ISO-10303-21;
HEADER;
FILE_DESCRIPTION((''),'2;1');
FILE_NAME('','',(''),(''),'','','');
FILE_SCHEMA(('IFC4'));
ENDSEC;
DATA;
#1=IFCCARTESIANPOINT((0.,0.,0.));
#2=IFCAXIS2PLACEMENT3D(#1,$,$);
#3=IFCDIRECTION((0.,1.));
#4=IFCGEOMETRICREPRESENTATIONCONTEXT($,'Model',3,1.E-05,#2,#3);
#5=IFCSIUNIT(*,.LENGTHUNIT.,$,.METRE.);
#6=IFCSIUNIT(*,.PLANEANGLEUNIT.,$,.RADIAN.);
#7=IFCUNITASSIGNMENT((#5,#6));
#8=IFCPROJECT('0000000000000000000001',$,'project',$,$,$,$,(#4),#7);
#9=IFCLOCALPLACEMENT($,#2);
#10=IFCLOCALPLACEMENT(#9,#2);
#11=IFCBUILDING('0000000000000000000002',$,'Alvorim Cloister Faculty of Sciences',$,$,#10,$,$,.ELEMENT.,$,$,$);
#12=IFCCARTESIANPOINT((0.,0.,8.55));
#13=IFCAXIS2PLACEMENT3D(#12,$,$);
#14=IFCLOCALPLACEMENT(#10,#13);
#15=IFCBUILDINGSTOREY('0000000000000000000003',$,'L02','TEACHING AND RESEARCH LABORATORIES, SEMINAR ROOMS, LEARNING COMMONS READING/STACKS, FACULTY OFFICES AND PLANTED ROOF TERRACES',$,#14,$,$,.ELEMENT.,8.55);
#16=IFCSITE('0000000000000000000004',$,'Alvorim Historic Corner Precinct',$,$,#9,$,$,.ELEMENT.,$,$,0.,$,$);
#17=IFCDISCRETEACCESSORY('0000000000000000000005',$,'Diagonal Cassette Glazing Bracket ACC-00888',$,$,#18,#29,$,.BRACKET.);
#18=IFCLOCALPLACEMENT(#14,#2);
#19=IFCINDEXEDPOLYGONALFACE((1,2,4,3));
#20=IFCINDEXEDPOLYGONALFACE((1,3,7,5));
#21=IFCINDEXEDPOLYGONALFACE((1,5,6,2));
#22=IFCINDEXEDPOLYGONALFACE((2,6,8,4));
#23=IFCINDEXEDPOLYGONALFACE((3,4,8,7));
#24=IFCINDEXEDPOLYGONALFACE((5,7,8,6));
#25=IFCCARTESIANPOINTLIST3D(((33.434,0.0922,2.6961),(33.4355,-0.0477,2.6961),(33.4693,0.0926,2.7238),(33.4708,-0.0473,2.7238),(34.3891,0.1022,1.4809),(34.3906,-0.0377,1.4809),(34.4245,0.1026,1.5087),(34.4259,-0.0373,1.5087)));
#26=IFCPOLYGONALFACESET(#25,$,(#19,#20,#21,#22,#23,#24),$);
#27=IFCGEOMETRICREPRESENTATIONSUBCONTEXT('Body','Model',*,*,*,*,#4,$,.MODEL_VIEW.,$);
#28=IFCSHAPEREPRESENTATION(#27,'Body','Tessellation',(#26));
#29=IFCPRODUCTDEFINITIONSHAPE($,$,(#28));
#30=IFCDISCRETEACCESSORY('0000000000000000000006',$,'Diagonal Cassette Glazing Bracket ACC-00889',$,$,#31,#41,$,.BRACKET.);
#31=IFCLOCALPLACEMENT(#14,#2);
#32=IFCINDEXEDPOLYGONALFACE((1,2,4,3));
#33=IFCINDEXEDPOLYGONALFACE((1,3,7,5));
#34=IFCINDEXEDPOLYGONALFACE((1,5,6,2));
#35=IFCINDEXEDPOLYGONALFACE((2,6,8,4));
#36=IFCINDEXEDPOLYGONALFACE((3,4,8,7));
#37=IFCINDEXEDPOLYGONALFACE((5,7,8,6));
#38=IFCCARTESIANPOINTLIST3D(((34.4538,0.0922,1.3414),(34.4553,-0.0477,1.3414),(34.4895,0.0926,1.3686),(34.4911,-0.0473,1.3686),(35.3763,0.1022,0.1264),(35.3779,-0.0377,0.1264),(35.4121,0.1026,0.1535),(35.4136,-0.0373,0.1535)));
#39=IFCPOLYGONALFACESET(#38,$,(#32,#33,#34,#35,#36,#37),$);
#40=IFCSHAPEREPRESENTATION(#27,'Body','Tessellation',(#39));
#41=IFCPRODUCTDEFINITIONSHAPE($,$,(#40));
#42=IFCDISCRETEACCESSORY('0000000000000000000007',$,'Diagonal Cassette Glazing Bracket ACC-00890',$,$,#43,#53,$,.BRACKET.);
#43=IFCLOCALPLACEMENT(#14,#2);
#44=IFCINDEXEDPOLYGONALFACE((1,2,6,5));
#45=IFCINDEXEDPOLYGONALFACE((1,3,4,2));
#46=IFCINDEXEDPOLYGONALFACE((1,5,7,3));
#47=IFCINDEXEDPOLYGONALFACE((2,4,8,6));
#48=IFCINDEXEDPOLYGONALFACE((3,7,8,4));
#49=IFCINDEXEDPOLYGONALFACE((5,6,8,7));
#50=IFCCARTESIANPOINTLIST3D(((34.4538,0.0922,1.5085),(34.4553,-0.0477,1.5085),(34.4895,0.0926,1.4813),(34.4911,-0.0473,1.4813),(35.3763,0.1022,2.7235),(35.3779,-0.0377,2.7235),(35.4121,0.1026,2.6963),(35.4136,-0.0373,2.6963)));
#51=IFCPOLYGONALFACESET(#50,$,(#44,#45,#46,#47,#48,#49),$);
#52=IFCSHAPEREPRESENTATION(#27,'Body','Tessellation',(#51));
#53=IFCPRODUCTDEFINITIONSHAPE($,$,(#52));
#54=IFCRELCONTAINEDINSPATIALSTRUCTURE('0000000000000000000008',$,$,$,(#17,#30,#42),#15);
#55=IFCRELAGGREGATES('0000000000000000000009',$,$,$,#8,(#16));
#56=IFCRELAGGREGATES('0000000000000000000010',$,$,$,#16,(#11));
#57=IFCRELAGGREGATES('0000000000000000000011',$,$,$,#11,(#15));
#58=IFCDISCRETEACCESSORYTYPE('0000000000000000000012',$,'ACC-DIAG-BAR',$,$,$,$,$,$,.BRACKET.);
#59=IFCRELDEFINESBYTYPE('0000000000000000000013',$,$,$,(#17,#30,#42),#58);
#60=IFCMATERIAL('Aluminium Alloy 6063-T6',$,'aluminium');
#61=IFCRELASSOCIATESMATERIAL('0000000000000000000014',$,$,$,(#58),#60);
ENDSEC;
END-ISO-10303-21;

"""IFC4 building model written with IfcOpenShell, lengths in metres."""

from ifc_helpers import new_model, si_unit, direction, frame, origin, origin_2d, place, context, subcontext, project, spatial, rectangle, extrude, material, type_object, element, save


model = new_model("IFC4")

# Units and contexts
model_context = context("Model", 3, precision=1e-05, world=origin(), true_north=direction((0.0, 1.0)))
body_context = subcontext(model_context, "Body", "Model", "MODEL_VIEW")
ifc_project = project(units=[si_unit("LENGTHUNIT", "METRE"), si_unit("PLANEANGLEUNIT", "RADIAN")], contexts=[model_context])

# Site, building, storey
site_placement = place(None, origin())
site = spatial("IfcSite", under=ifc_project, at=site_placement, Name="Alvorim Historic Corner Precinct", CompositionType="ELEMENT", RefElevation=0.0)
building_placement = place(site_placement, origin())
building = spatial("IfcBuilding", under=site, at=building_placement, Name="Alvorim Cloister Faculty of Sciences", CompositionType="ELEMENT")
storey_placement = place(building_placement, frame((0.0, 0.0, 8.55)))
storey = spatial("IfcBuildingStorey", under=building, at=storey_placement, Name="L02", Description="TEACHING AND RESEARCH LABORATORIES, SEMINAR ROOMS, LEARNING COMMONS READING/STACKS, FACULTY OFFICES AND PLANTED ROOF TERRACES", CompositionType="ELEMENT", Elevation=8.55)

# Shared definitions
ifc_material_1 = material(Name="Aluminium Alloy 6063-T6", Category="aluminium")

# Discrete accessories
discrete_accessory_type = type_object("IfcDiscreteAccessoryType", Name="ACC-DIAG-BAR", PredefinedType="BRACKET", material=ifc_material_1)
for number, where, z_axis, x_axis, name in (
    (1, (33.4524, 0.0225, 2.71), (0.617955, 0.006477, -0.786187), (-0.01048, 0.999945, 0.0), "Diagonal Cassette Glazing Bracket ACC-00888"),
):
    element("IfcDiscreteAccessory", number, at=place(storey_placement, frame(where, z_axis=z_axis, x_axis=x_axis)), inside=storey, type_object=discrete_accessory_type, Name=name, PredefinedType="BRACKET", context=body_context, shape_type="SweptSolid", body=[
        extrude(rectangle(XDim=0.1399, YDim=0.0449, at=origin_2d()), origin(), (0.0, 0.0, 1.0), 1.5457),
    ])
for number, where, z_axis, x_axis, name in (
    (2, (34.4724, 0.0225, 1.355), (0.604713, 0.006561, -0.796416), (-0.010849, 0.999941, 0.0), "Diagonal Cassette Glazing Bracket ACC-00889"),
    (3, (34.4724, 0.0225, 1.4949), (0.604713, 0.006561, 0.796416), (-0.010849, 0.999941, 0.0), "Diagonal Cassette Glazing Bracket ACC-00890"),
):
    element("IfcDiscreteAccessory", number, at=place(storey_placement, frame(where, z_axis=z_axis, x_axis=x_axis)), inside=storey, type_object=discrete_accessory_type, Name=name, PredefinedType="BRACKET", context=body_context, shape_type="SweptSolid", body=[
        extrude(rectangle(XDim=0.1399, YDim=0.0449, at=origin_2d()), origin(), (0.0, 0.0, 1.0), 1.5256),
    ])

save(model, "model.ifc")
